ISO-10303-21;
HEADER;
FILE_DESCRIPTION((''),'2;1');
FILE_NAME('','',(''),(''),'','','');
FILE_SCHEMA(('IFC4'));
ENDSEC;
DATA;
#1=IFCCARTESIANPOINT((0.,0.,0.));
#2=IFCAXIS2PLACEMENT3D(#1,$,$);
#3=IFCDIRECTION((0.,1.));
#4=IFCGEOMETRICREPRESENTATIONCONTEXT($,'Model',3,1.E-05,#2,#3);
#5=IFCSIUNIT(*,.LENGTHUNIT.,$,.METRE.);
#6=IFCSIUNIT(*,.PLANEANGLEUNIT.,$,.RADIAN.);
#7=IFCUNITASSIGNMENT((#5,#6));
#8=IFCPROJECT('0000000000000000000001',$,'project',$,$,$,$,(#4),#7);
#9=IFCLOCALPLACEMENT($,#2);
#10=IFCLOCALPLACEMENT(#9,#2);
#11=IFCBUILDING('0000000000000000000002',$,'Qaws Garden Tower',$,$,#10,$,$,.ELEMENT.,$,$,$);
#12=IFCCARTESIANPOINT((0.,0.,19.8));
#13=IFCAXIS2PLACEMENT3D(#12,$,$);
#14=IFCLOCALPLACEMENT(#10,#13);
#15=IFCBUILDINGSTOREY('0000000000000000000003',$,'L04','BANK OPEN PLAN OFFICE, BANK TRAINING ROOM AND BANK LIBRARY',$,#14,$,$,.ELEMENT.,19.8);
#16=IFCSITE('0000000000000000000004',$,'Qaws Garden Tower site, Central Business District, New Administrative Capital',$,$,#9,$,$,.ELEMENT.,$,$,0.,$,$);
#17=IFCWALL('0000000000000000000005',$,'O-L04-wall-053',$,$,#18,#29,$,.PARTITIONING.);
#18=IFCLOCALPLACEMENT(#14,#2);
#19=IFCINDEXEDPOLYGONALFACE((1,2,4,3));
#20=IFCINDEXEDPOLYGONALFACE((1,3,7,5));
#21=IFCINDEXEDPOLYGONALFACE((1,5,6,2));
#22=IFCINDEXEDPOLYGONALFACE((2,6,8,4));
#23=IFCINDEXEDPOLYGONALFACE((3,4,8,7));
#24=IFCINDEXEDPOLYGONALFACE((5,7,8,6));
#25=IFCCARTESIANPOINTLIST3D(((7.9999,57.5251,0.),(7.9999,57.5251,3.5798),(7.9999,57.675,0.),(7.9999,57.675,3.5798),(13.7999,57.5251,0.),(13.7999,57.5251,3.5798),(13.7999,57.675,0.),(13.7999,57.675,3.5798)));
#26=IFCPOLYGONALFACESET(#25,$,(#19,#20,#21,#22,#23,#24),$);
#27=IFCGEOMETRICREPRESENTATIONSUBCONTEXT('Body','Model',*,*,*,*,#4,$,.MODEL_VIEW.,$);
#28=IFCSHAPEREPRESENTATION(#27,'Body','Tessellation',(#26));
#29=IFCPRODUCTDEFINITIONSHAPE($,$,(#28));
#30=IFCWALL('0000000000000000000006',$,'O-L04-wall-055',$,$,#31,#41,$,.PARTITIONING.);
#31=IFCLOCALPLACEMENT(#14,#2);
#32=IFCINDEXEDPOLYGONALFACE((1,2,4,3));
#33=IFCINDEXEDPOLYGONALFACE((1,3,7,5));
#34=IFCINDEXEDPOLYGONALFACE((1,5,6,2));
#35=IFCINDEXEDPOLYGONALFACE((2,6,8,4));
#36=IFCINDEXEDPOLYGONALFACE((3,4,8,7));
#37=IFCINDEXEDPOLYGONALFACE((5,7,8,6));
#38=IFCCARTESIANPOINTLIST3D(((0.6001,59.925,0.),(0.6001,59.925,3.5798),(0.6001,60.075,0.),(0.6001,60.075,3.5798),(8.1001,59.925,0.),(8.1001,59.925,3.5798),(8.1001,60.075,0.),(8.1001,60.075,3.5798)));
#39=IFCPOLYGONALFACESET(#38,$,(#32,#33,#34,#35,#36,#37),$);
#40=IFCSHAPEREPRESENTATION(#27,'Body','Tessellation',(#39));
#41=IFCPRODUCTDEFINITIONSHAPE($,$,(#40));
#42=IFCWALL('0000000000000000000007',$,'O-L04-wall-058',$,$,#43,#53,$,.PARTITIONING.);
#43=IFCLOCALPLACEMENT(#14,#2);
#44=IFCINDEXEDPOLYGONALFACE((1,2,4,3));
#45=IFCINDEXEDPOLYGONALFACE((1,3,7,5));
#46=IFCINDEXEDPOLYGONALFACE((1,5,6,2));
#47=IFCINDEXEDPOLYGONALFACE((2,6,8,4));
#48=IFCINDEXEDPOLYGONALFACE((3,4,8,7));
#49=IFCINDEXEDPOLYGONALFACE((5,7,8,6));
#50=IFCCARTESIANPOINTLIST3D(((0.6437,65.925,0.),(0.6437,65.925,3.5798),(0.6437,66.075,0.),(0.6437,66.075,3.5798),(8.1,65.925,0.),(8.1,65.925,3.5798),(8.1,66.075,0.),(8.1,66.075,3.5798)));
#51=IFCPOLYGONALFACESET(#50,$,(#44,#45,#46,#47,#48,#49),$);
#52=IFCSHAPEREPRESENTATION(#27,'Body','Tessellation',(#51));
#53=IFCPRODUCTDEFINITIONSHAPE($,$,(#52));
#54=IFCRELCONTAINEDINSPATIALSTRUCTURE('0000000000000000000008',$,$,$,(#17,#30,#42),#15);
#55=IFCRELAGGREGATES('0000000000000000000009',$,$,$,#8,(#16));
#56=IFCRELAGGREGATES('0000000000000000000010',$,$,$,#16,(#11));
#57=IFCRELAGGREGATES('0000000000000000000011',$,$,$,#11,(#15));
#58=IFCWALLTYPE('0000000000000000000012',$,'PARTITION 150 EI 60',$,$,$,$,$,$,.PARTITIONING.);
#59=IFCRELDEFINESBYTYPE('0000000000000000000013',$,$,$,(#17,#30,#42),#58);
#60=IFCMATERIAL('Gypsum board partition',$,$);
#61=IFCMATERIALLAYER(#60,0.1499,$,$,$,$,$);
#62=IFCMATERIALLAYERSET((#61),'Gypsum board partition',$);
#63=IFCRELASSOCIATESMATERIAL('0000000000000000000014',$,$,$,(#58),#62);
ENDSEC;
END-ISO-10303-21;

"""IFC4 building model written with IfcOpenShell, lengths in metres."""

from ifc_helpers import new_model, si_unit, direction, frame, frame_2d, origin, place, context, subcontext, project, spatial, rectangle, extrude, material, layer, layer_set, type_object, element, save


model = new_model("IFC4")

# Units and contexts
model_context = context("Model", 3, precision=1e-05, world=origin(), true_north=direction((0.0, 1.0)))
body_context = subcontext(model_context, "Body", "Model", "MODEL_VIEW")
ifc_project = project(units=[si_unit("LENGTHUNIT", "METRE"), si_unit("PLANEANGLEUNIT", "RADIAN")], contexts=[model_context])

# Site, building, storey
site_placement = place(None, origin())
site = spatial("IfcSite", under=ifc_project, at=site_placement, Name="Qaws Garden Tower site, Central Business District, New Administrative Capital", CompositionType="ELEMENT", RefElevation=0.0)
building_placement = place(site_placement, origin())
building = spatial("IfcBuilding", under=site, at=building_placement, Name="Qaws Garden Tower", CompositionType="ELEMENT")
storey_placement = place(building_placement, frame((0.0, 0.0, 19.8)))
storey = spatial("IfcBuildingStorey", under=building, at=storey_placement, Name="L04", Description="BANK OPEN PLAN OFFICE, BANK TRAINING ROOM AND BANK LIBRARY", CompositionType="ELEMENT", Elevation=19.8)

# Shared definitions
ifc_material_1 = material(Name="Gypsum board partition")
ifc_layer_1 = layer(ifc_material_1, 0.1499)
ifc_layer_set_1 = layer_set([ifc_layer_1], Name="Gypsum board partition")
wall_type_1 = type_object("IfcWallType", Name="PARTITION 150 EI 60", PredefinedType="PARTITIONING", material=ifc_layer_set_1)

# Walls
wall_1_placement = place(storey_placement, frame((8.0, 57.6001, 0.0), z_axis=(0.0, 0.0, 1.0), x_axis=(1.0, 0.0, 0.0)))
element("IfcWall", 1, at=wall_1_placement, inside=storey, type_object=wall_type_1, Name="O-L04-wall-053", PredefinedType="PARTITIONING", context=body_context, shape_type="SweptSolid", body=[
    extrude(rectangle(XDim=5.8, YDim=0.1499, at=frame_2d((2.8999, 0.0))), origin(), (0.0, 0.0, 1.0), 3.5798),
])
wall_2_placement = place(storey_placement, frame((0.6001, 60.0, 0.0), z_axis=(0.0, 0.0, 1.0), x_axis=(1.0, 0.0, 0.0)))
element("IfcWall", 2, at=wall_2_placement, inside=storey, type_object=wall_type_1, Name="O-L04-wall-055", PredefinedType="PARTITIONING", context=body_context, shape_type="SweptSolid", body=[
    extrude(rectangle(XDim=7.5, YDim=0.1499, at=frame_2d((3.75, 0.0))), origin(), (0.0, 0.0, 1.0), 3.5798),
])
wall_3_placement = place(storey_placement, frame((0.6438, 66.0, 0.0), z_axis=(0.0, 0.0, 1.0), x_axis=(1.0, 0.0, 0.0)))
element("IfcWall", 3, at=wall_3_placement, inside=storey, type_object=wall_type_1, Name="O-L04-wall-058", PredefinedType="PARTITIONING", context=body_context, shape_type="SweptSolid", body=[
    extrude(rectangle(XDim=7.4563, YDim=0.1499, at=frame_2d((3.728, 0.0))), origin(), (0.0, 0.0, 1.0), 3.5798),
])

save(model, "model.ifc")
